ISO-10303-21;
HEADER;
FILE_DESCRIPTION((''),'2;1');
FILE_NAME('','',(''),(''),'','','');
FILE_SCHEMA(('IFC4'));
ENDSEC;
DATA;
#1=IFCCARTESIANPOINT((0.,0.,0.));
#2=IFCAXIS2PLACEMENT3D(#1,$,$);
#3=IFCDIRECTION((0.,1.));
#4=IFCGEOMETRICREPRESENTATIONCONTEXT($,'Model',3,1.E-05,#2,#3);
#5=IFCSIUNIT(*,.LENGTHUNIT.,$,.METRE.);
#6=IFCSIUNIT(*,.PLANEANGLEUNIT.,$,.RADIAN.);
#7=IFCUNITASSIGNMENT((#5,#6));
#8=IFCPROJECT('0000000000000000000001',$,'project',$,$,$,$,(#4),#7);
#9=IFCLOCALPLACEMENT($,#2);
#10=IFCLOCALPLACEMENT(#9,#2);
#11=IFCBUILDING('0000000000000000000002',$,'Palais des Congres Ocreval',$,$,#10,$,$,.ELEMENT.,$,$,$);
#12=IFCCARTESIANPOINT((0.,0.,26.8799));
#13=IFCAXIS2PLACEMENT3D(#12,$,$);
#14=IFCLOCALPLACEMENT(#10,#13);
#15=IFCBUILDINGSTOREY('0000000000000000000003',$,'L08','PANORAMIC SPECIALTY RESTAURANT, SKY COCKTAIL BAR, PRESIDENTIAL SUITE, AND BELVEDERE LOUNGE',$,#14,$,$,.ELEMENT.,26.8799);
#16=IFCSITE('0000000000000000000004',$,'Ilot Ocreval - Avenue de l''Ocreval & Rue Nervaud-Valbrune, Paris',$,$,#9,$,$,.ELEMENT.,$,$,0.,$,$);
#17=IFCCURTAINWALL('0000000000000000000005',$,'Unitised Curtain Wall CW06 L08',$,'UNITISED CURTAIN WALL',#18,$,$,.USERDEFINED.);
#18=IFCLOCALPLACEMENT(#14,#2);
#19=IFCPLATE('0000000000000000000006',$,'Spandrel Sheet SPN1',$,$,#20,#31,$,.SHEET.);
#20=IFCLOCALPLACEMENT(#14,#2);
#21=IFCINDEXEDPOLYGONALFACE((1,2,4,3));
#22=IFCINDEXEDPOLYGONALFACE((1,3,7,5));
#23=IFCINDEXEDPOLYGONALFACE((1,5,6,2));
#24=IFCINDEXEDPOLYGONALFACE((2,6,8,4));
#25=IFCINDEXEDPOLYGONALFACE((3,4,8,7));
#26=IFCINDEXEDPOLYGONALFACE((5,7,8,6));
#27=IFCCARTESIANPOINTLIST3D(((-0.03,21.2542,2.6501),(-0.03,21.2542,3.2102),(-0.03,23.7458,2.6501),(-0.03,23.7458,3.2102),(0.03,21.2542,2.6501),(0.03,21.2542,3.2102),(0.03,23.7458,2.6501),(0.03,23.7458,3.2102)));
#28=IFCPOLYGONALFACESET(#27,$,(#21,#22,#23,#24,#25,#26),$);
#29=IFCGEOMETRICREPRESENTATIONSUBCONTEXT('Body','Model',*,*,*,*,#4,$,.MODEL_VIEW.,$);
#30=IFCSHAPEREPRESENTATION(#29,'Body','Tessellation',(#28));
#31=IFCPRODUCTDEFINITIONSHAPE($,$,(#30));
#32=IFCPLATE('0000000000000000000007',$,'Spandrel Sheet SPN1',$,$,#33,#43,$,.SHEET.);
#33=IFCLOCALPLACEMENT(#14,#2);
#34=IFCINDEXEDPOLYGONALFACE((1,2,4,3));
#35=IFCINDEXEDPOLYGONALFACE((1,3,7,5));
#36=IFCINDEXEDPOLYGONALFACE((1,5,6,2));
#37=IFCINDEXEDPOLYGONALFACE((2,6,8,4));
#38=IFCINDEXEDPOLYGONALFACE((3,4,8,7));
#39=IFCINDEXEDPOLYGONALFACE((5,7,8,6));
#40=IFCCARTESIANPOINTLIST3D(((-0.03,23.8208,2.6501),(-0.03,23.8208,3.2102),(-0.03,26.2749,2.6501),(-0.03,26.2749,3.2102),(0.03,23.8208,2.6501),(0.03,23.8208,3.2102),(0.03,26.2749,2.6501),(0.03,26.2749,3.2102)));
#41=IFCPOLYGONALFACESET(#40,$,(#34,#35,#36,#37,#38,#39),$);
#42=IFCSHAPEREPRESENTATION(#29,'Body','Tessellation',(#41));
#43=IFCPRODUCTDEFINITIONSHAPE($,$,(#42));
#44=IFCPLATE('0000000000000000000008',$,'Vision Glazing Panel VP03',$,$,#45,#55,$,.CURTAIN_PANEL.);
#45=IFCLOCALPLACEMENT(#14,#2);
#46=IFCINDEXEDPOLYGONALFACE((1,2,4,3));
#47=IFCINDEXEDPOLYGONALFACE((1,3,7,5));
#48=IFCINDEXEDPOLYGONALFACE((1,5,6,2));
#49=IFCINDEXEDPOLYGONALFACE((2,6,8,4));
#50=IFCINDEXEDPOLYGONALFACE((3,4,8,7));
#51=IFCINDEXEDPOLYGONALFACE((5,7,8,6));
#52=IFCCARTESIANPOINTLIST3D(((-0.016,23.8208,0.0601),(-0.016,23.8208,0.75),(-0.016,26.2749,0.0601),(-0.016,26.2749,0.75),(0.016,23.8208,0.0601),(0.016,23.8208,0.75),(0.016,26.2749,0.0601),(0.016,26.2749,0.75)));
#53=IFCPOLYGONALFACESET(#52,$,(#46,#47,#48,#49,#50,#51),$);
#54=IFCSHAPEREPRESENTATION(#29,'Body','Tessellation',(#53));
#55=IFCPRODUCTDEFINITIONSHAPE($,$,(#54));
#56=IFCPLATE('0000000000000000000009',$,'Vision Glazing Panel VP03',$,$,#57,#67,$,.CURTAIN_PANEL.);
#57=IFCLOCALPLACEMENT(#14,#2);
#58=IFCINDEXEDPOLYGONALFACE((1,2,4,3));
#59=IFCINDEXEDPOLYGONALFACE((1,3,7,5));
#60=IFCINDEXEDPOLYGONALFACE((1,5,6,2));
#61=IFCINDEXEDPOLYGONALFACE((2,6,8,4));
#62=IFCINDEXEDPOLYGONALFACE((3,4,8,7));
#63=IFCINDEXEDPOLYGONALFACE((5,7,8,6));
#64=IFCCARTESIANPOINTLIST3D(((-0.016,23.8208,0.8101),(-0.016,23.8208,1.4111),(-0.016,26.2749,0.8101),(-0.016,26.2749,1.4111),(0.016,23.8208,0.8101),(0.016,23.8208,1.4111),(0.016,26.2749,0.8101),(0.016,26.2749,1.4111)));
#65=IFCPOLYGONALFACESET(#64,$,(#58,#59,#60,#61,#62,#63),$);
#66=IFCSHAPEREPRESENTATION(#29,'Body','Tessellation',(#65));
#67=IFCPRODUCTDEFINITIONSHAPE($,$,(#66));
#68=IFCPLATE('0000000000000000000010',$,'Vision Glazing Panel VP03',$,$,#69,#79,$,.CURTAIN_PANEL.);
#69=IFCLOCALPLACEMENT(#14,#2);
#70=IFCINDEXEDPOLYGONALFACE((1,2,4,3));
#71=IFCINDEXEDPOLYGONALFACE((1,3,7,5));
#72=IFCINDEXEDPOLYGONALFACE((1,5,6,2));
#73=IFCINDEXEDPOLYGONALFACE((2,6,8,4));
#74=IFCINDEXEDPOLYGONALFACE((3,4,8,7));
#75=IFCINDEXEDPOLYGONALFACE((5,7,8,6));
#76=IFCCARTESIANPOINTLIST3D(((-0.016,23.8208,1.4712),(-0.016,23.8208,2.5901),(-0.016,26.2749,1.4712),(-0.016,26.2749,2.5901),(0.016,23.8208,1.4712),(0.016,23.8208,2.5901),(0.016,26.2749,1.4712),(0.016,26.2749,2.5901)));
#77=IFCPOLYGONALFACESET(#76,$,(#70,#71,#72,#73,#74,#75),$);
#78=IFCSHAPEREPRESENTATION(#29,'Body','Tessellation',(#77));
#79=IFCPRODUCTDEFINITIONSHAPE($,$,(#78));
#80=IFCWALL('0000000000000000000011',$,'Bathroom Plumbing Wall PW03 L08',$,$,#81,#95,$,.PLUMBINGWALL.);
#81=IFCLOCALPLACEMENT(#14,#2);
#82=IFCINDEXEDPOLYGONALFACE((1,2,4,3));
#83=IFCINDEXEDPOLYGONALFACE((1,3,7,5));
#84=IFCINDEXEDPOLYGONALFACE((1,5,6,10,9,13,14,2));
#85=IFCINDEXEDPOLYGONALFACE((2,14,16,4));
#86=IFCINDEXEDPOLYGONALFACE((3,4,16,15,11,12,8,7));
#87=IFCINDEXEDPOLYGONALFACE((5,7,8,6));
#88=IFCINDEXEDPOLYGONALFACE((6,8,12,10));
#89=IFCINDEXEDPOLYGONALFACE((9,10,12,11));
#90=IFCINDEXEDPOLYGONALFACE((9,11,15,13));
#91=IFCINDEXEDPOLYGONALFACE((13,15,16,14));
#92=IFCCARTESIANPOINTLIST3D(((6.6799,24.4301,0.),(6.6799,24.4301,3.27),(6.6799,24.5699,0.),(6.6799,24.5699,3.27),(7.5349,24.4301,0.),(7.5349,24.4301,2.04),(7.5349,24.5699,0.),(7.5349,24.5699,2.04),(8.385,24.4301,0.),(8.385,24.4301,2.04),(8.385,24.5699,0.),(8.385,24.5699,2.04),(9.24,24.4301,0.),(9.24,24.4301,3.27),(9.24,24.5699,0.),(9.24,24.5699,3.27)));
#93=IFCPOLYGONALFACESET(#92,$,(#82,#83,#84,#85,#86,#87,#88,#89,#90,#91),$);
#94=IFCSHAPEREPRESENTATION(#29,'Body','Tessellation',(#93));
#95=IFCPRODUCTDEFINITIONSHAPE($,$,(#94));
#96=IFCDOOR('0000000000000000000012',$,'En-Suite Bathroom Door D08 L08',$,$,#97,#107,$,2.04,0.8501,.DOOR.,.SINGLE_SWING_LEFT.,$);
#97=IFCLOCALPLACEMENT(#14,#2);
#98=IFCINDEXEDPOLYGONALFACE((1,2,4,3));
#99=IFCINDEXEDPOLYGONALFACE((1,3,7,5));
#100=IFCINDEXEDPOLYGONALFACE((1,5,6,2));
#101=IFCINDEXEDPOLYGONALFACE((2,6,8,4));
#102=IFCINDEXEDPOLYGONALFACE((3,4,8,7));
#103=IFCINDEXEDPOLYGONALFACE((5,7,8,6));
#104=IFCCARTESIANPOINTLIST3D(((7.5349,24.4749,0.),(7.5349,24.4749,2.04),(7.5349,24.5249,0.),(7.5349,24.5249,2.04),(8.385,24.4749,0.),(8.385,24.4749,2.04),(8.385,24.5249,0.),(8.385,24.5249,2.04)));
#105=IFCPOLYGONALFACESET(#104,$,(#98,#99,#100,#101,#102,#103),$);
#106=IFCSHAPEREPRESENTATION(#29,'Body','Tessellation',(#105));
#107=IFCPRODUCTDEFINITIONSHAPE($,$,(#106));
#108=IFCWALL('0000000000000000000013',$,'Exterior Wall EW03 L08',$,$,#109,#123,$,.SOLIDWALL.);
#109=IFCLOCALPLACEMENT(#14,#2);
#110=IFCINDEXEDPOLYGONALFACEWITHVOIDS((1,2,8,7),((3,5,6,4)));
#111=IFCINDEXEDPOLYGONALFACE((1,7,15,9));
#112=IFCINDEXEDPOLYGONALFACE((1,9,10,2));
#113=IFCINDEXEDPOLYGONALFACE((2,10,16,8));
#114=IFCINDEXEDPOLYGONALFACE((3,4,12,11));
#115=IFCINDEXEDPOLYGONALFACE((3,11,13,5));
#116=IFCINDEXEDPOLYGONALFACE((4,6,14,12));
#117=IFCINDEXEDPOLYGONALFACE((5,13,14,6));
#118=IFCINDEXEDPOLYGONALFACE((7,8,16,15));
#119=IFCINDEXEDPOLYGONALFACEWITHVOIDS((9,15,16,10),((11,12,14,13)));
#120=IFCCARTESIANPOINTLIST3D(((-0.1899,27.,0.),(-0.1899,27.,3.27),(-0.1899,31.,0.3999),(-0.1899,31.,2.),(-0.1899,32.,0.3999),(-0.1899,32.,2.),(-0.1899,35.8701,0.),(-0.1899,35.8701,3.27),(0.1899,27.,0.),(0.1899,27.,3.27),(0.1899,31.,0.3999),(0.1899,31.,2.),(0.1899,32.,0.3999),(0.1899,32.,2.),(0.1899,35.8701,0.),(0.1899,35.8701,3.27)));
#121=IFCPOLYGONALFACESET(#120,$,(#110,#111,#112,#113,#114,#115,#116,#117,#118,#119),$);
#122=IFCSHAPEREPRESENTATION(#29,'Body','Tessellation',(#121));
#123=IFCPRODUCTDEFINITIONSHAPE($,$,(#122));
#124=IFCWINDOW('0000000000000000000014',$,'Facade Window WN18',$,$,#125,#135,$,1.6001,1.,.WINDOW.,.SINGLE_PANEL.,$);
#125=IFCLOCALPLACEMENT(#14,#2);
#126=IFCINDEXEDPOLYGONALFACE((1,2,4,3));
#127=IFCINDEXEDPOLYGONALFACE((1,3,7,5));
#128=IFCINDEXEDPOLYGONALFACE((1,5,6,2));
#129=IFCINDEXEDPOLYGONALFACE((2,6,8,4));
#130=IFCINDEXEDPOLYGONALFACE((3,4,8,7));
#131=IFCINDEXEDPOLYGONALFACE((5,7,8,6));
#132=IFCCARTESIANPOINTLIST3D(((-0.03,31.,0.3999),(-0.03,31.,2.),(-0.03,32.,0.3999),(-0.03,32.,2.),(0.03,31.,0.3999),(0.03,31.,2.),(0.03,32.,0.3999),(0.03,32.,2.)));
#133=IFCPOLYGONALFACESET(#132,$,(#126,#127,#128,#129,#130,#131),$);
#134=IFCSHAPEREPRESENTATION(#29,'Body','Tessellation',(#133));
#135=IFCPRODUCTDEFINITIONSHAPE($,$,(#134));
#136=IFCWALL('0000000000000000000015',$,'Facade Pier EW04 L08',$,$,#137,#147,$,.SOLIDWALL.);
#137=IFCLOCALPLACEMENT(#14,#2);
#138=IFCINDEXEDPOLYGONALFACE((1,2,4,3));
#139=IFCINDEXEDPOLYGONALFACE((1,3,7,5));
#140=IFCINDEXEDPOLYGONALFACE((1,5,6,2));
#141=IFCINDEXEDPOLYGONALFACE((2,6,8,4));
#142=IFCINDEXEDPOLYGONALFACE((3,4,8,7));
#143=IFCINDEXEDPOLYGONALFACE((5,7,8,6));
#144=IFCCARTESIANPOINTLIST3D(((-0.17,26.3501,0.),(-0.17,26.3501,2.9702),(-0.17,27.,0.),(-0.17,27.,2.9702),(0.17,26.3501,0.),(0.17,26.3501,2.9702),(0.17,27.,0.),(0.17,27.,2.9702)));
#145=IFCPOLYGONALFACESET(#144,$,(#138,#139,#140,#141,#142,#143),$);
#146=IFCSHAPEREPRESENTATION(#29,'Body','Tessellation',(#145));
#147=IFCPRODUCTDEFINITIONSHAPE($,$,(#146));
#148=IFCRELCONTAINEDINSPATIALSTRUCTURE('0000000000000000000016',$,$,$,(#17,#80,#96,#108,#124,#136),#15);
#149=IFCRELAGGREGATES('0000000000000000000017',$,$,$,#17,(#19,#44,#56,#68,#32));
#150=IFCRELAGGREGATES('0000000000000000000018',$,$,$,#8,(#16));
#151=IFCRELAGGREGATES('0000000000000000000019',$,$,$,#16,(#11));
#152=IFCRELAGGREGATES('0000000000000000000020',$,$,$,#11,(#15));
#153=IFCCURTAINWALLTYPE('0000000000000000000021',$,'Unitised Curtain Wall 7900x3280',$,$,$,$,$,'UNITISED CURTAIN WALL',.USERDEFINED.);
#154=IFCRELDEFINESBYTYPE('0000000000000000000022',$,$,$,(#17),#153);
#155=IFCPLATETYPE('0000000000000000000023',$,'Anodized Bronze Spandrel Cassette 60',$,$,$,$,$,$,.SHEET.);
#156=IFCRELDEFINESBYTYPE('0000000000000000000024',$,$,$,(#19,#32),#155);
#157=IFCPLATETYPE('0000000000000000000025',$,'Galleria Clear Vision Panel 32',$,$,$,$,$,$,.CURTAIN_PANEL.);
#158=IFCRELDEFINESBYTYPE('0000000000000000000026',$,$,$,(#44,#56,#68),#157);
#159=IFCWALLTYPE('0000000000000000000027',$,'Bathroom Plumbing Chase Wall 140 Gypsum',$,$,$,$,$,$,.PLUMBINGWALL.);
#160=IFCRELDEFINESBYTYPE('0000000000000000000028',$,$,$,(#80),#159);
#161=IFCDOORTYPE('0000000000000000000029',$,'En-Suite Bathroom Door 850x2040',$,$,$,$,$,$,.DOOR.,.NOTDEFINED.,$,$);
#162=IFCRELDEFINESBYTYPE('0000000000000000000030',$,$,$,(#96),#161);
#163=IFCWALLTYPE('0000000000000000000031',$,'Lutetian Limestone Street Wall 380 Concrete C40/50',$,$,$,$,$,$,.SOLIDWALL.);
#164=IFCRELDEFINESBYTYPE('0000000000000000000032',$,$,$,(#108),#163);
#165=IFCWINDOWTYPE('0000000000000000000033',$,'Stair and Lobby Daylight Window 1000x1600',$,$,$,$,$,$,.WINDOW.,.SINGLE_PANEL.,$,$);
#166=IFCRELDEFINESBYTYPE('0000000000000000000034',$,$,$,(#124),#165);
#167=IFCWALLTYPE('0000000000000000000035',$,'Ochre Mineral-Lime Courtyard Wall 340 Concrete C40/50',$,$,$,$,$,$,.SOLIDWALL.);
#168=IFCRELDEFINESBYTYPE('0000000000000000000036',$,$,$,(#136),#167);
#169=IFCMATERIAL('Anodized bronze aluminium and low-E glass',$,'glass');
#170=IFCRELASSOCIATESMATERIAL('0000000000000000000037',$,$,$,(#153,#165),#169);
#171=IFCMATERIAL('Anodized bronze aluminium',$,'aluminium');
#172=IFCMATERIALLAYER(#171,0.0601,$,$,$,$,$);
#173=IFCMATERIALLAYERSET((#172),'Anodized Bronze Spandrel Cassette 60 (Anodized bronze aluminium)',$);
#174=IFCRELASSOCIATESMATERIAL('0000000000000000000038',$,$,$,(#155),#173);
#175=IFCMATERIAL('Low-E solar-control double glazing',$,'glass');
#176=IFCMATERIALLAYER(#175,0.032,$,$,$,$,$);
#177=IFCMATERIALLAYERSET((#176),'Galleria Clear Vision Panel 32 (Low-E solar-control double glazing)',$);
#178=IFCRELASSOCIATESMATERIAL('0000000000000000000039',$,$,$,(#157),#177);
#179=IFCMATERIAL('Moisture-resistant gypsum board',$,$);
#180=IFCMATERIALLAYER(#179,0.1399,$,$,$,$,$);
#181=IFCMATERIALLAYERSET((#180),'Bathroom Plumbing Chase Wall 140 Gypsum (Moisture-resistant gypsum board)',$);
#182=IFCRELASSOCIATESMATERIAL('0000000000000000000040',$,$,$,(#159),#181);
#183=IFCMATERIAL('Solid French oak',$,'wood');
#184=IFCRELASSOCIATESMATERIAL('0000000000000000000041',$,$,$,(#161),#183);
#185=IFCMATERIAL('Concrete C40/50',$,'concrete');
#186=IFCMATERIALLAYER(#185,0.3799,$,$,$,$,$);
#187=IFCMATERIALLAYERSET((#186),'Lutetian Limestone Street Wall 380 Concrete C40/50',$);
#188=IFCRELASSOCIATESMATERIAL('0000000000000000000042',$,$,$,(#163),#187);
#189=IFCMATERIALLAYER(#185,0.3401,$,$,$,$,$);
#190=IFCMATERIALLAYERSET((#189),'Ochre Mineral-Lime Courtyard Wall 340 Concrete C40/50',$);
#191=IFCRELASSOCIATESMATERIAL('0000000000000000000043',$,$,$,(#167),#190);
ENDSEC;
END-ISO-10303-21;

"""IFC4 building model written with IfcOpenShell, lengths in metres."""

from ifc_helpers import new_model, si_unit, direction, frame, frame_2d, origin, origin_2d, place, context, subcontext, project, spatial, rectangle, extrude, material, layer, layer_set, type_object, element, fill, aggregate, save


model = new_model("IFC4")

# Units and contexts
model_context = context("Model", 3, precision=1e-05, world=origin(), true_north=direction((0.0, 1.0)))
body_context = subcontext(model_context, "Body", "Model", "MODEL_VIEW")
ifc_project = project(units=[si_unit("LENGTHUNIT", "METRE"), si_unit("PLANEANGLEUNIT", "RADIAN")], contexts=[model_context])

# Site, building, storey
site_placement = place(None, origin())
site = spatial("IfcSite", under=ifc_project, at=site_placement, Name="Ilot Ocreval - Avenue de l'Ocreval & Rue Nervaud-Valbrune, Paris", CompositionType="ELEMENT", RefElevation=0.0)
building_placement = place(site_placement, origin())
building = spatial("IfcBuilding", under=site, at=building_placement, Name="Palais des Congres Ocreval", CompositionType="ELEMENT")
storey_placement = place(building_placement, frame((0.0, 0.0, 26.8799)))
storey = spatial("IfcBuildingStorey", under=building, at=storey_placement, Name="L08", Description="PANORAMIC SPECIALTY RESTAURANT, SKY COCKTAIL BAR, PRESIDENTIAL SUITE, AND BELVEDERE LOUNGE", CompositionType="ELEMENT", Elevation=26.8799)

# Curtain wall
ifc_material_1 = material(Name="Anodized bronze aluminium and low-E glass", Category="glass")
curtain_wall_type = type_object("IfcCurtainWallType", Name="Unitised Curtain Wall 7900x3280", ElementType="UNITISED CURTAIN WALL", PredefinedType="USERDEFINED", material=ifc_material_1)
curtain_wall_placement = place(storey_placement, origin())
curtain_wall = element("IfcCurtainWall", 1, at=curtain_wall_placement, inside=storey, type_object=curtain_wall_type, Name="Unitised Curtain Wall CW06 L08", ObjectType="UNITISED CURTAIN WALL", PredefinedType="USERDEFINED")
ifc_material_2 = material(Name="Anodized bronze aluminium", Category="aluminium")

# Plates
ifc_layer_1 = layer(ifc_material_2, 0.0601)
ifc_layer_set_1 = layer_set([ifc_layer_1], Name="Anodized Bronze Spandrel Cassette 60 (Anodized bronze aluminium)")
plate_type_1 = type_object("IfcPlateType", Name="Anodized Bronze Spandrel Cassette 60", PredefinedType="SHEET", material=ifc_layer_set_1)
plate_1_placement = place(storey_placement, frame((0.0, 22.5, 2.6501), z_axis=(0.0, 0.0, 1.0), x_axis=(0.0, 1.0, 0.0)))
plate_1 = element("IfcPlate", 2, at=plate_1_placement, type_object=plate_type_1, Name="Spandrel Sheet SPN1", PredefinedType="SHEET", context=body_context, shape_type="SweptSolid", body=[
    extrude(rectangle(XDim=2.4917, YDim=0.0601, at=origin_2d()), origin(), (0.0, 0.0, 1.0), 0.5601),
])
plate_2_placement = place(storey_placement, frame((0.0, 25.0479, 2.6501), z_axis=(0.0, 0.0, 1.0), x_axis=(0.0, 1.0, 0.0)))
plate_2 = element("IfcPlate", 3, at=plate_2_placement, type_object=plate_type_1, Name="Spandrel Sheet SPN1", PredefinedType="SHEET", context=body_context, shape_type="SweptSolid", body=[
    extrude(rectangle(XDim=2.4541, YDim=0.0601, at=origin_2d()), origin(), (0.0, 0.0, 1.0), 0.5601),
])
ifc_material_3 = material(Name="Low-E solar-control double glazing", Category="glass")
ifc_layer_2 = layer(ifc_material_3, 0.032)
ifc_layer_set_2 = layer_set([ifc_layer_2], Name="Galleria Clear Vision Panel 32 (Low-E solar-control double glazing)")
plate_type_2 = type_object("IfcPlateType", Name="Galleria Clear Vision Panel 32", PredefinedType="CURTAIN_PANEL", material=ifc_layer_set_2)
plate_3_placement = place(storey_placement, frame((0.0, 25.0479, 0.0601), z_axis=(0.0, 0.0, 1.0), x_axis=(0.0, 1.0, 0.0)))
plate_3 = element("IfcPlate", 4, at=plate_3_placement, type_object=plate_type_2, Name="Vision Glazing Panel VP03", PredefinedType="CURTAIN_PANEL", context=body_context, shape_type="SweptSolid", body=[
    extrude(rectangle(XDim=2.4541, YDim=0.032, at=origin_2d()), origin(), (0.0, 0.0, 1.0), 0.6899),
])
plate_4_placement = place(storey_placement, frame((0.0, 25.0479, 0.8101), z_axis=(0.0, 0.0, 1.0), x_axis=(0.0, 1.0, 0.0)))
plate_4 = element("IfcPlate", 5, at=plate_4_placement, type_object=plate_type_2, Name="Vision Glazing Panel VP03", PredefinedType="CURTAIN_PANEL", context=body_context, shape_type="SweptSolid", body=[
    extrude(rectangle(XDim=2.4541, YDim=0.032, at=origin_2d()), origin(), (0.0, 0.0, 1.0), 0.6011),
])
plate_5_placement = place(storey_placement, frame((0.0, 25.0479, 1.4712), z_axis=(0.0, 0.0, 1.0), x_axis=(0.0, 1.0, 0.0)))
plate_5 = element("IfcPlate", 6, at=plate_5_placement, type_object=plate_type_2, Name="Vision Glazing Panel VP03", PredefinedType="CURTAIN_PANEL", context=body_context, shape_type="SweptSolid", body=[
    extrude(rectangle(XDim=2.4541, YDim=0.032, at=origin_2d()), origin(), (0.0, 0.0, 1.0), 1.1189),
])
aggregate(curtain_wall, [plate_1, plate_3, plate_4, plate_5, plate_2])

# Wall, opening, door
ifc_material_4 = material(Name="Moisture-resistant gypsum board")
ifc_layer_3 = layer(ifc_material_4, 0.1399)
ifc_layer_set_3 = layer_set([ifc_layer_3], Name="Bathroom Plumbing Chase Wall 140 Gypsum (Moisture-resistant gypsum board)")
wall_type_1 = type_object("IfcWallType", Name="Bathroom Plumbing Chase Wall 140 Gypsum", PredefinedType="PLUMBINGWALL", material=ifc_layer_set_3)
wall_1_placement = place(storey_placement, frame((6.6799, 24.5, 0.0), z_axis=(0.0, 0.0, 1.0), x_axis=(1.0, 0.0, 0.0)))
wall_1 = element("IfcWall", 7, at=wall_1_placement, inside=storey, type_object=wall_type_1, Name="Bathroom Plumbing Wall PW03 L08", PredefinedType="PLUMBINGWALL", context=body_context, shape_type="SweptSolid", body=[
    extrude(rectangle(XDim=2.5601, YDim=0.1399, at=frame_2d((1.28, 0.0))), origin(), (0.0, 0.0, 1.0), 3.27),
])
opening_1_placement = place(wall_1_placement, frame((0.855, 0.0, 0.0)))
opening_1 = element("IfcOpeningElement", 8, at=opening_1_placement, cuts=wall_1, PredefinedType="OPENING", context=body_context, shape_type="SweptSolid", body=[
    extrude(rectangle(XDim=0.8501, YDim=2.04, at=frame_2d((0.425, 1.02))), frame((0.0, 0.0798, 0.0), z_axis=(0.0, -1.0, 0.0), x_axis=(1.0, 0.0, 0.0)), (0.0, 0.0, 1.0), 0.1599),
])
ifc_material_5 = material(Name="Solid French oak", Category="wood")
door_type = type_object("IfcDoorType", Name="En-Suite Bathroom Door 850x2040", OperationType="NOTDEFINED", PredefinedType="DOOR", material=ifc_material_5)
door_placement = place(opening_1_placement, origin())
door = element("IfcDoor", 9, at=door_placement, inside=storey, type_object=door_type, Name="En-Suite Bathroom Door D08 L08", OperationType="SINGLE_SWING_LEFT", OverallHeight=2.04, OverallWidth=0.8501, PredefinedType="DOOR", context=body_context, shape_type="SweptSolid", body=[
    extrude(rectangle(XDim=0.8501, YDim=2.04, at=frame_2d((0.425, 1.02))), frame((0.0, 0.0249, 0.0), z_axis=(0.0, -1.0, 0.0), x_axis=(1.0, 0.0, 0.0)), (0.0, 0.0, 1.0), 0.05),
])
fill(opening_1, door)

# Wall, opening, window
ifc_material_6 = material(Name="Concrete C40/50", Category="concrete")
ifc_layer_4 = layer(ifc_material_6, 0.3799)
ifc_layer_set_4 = layer_set([ifc_layer_4], Name="Lutetian Limestone Street Wall 380 Concrete C40/50")
wall_type_2 = type_object("IfcWallType", Name="Lutetian Limestone Street Wall 380 Concrete C40/50", PredefinedType="SOLIDWALL", material=ifc_layer_set_4)
wall_2_placement = place(storey_placement, frame((0.0, 27.0, 0.0), z_axis=(0.0, 0.0, 1.0), x_axis=(0.0, 1.0, 0.0)))
wall_2 = element("IfcWall", 10, at=wall_2_placement, inside=storey, type_object=wall_type_2, Name="Exterior Wall EW03 L08", PredefinedType="SOLIDWALL", context=body_context, shape_type="SweptSolid", body=[
    extrude(rectangle(XDim=8.8701, YDim=0.3799, at=frame_2d((4.4351, 0.0))), origin(), (0.0, 0.0, 1.0), 3.27),
])
opening_2_placement = place(wall_2_placement, frame((4.0, 0.0, 0.3999)))
opening_2 = element("IfcOpeningElement", 11, at=opening_2_placement, cuts=wall_2, PredefinedType="OPENING", context=body_context, shape_type="SweptSolid", body=[
    extrude(rectangle(XDim=1.0, YDim=1.6001, at=frame_2d((0.5, 0.8))), frame((0.0, 0.2, 0.0), z_axis=(0.0, -1.0, 0.0), x_axis=(1.0, 0.0, 0.0)), (0.0, 0.0, 1.0), 0.3999),
])
window_type = type_object("IfcWindowType", Name="Stair and Lobby Daylight Window 1000x1600", PartitioningType="SINGLE_PANEL", PredefinedType="WINDOW", material=ifc_material_1)
window_placement = place(opening_2_placement, origin())
window = element("IfcWindow", 12, at=window_placement, inside=storey, type_object=window_type, Name="Facade Window WN18", OverallHeight=1.6001, OverallWidth=1.0, PartitioningType="SINGLE_PANEL", PredefinedType="WINDOW", context=body_context, shape_type="SweptSolid", body=[
    extrude(rectangle(XDim=1.0, YDim=1.6001, at=frame_2d((0.5, 0.8))), frame((0.0, 0.03, 0.0), z_axis=(0.0, -1.0, 0.0), x_axis=(1.0, 0.0, 0.0)), (0.0, 0.0, 1.0), 0.0601),
])
fill(opening_2, window)

# Wall
ifc_layer_5 = layer(ifc_material_6, 0.3401)
ifc_layer_set_5 = layer_set([ifc_layer_5], Name="Ochre Mineral-Lime Courtyard Wall 340 Concrete C40/50")
wall_type_3 = type_object("IfcWallType", Name="Ochre Mineral-Lime Courtyard Wall 340 Concrete C40/50", PredefinedType="SOLIDWALL", material=ifc_layer_set_5)
wall_3_placement = place(storey_placement, frame((0.0, 26.3501, 0.0), z_axis=(0.0, 0.0, 1.0), x_axis=(0.0, 1.0, 0.0)))
element("IfcWall", 13, at=wall_3_placement, inside=storey, type_object=wall_type_3, Name="Facade Pier EW04 L08", PredefinedType="SOLIDWALL", context=body_context, shape_type="SweptSolid", body=[
    extrude(rectangle(XDim=0.6499, YDim=0.3401, at=frame_2d((0.325, 0.0))), origin(), (0.0, 0.0, 1.0), 2.9702),
])

save(model, "model.ifc")
